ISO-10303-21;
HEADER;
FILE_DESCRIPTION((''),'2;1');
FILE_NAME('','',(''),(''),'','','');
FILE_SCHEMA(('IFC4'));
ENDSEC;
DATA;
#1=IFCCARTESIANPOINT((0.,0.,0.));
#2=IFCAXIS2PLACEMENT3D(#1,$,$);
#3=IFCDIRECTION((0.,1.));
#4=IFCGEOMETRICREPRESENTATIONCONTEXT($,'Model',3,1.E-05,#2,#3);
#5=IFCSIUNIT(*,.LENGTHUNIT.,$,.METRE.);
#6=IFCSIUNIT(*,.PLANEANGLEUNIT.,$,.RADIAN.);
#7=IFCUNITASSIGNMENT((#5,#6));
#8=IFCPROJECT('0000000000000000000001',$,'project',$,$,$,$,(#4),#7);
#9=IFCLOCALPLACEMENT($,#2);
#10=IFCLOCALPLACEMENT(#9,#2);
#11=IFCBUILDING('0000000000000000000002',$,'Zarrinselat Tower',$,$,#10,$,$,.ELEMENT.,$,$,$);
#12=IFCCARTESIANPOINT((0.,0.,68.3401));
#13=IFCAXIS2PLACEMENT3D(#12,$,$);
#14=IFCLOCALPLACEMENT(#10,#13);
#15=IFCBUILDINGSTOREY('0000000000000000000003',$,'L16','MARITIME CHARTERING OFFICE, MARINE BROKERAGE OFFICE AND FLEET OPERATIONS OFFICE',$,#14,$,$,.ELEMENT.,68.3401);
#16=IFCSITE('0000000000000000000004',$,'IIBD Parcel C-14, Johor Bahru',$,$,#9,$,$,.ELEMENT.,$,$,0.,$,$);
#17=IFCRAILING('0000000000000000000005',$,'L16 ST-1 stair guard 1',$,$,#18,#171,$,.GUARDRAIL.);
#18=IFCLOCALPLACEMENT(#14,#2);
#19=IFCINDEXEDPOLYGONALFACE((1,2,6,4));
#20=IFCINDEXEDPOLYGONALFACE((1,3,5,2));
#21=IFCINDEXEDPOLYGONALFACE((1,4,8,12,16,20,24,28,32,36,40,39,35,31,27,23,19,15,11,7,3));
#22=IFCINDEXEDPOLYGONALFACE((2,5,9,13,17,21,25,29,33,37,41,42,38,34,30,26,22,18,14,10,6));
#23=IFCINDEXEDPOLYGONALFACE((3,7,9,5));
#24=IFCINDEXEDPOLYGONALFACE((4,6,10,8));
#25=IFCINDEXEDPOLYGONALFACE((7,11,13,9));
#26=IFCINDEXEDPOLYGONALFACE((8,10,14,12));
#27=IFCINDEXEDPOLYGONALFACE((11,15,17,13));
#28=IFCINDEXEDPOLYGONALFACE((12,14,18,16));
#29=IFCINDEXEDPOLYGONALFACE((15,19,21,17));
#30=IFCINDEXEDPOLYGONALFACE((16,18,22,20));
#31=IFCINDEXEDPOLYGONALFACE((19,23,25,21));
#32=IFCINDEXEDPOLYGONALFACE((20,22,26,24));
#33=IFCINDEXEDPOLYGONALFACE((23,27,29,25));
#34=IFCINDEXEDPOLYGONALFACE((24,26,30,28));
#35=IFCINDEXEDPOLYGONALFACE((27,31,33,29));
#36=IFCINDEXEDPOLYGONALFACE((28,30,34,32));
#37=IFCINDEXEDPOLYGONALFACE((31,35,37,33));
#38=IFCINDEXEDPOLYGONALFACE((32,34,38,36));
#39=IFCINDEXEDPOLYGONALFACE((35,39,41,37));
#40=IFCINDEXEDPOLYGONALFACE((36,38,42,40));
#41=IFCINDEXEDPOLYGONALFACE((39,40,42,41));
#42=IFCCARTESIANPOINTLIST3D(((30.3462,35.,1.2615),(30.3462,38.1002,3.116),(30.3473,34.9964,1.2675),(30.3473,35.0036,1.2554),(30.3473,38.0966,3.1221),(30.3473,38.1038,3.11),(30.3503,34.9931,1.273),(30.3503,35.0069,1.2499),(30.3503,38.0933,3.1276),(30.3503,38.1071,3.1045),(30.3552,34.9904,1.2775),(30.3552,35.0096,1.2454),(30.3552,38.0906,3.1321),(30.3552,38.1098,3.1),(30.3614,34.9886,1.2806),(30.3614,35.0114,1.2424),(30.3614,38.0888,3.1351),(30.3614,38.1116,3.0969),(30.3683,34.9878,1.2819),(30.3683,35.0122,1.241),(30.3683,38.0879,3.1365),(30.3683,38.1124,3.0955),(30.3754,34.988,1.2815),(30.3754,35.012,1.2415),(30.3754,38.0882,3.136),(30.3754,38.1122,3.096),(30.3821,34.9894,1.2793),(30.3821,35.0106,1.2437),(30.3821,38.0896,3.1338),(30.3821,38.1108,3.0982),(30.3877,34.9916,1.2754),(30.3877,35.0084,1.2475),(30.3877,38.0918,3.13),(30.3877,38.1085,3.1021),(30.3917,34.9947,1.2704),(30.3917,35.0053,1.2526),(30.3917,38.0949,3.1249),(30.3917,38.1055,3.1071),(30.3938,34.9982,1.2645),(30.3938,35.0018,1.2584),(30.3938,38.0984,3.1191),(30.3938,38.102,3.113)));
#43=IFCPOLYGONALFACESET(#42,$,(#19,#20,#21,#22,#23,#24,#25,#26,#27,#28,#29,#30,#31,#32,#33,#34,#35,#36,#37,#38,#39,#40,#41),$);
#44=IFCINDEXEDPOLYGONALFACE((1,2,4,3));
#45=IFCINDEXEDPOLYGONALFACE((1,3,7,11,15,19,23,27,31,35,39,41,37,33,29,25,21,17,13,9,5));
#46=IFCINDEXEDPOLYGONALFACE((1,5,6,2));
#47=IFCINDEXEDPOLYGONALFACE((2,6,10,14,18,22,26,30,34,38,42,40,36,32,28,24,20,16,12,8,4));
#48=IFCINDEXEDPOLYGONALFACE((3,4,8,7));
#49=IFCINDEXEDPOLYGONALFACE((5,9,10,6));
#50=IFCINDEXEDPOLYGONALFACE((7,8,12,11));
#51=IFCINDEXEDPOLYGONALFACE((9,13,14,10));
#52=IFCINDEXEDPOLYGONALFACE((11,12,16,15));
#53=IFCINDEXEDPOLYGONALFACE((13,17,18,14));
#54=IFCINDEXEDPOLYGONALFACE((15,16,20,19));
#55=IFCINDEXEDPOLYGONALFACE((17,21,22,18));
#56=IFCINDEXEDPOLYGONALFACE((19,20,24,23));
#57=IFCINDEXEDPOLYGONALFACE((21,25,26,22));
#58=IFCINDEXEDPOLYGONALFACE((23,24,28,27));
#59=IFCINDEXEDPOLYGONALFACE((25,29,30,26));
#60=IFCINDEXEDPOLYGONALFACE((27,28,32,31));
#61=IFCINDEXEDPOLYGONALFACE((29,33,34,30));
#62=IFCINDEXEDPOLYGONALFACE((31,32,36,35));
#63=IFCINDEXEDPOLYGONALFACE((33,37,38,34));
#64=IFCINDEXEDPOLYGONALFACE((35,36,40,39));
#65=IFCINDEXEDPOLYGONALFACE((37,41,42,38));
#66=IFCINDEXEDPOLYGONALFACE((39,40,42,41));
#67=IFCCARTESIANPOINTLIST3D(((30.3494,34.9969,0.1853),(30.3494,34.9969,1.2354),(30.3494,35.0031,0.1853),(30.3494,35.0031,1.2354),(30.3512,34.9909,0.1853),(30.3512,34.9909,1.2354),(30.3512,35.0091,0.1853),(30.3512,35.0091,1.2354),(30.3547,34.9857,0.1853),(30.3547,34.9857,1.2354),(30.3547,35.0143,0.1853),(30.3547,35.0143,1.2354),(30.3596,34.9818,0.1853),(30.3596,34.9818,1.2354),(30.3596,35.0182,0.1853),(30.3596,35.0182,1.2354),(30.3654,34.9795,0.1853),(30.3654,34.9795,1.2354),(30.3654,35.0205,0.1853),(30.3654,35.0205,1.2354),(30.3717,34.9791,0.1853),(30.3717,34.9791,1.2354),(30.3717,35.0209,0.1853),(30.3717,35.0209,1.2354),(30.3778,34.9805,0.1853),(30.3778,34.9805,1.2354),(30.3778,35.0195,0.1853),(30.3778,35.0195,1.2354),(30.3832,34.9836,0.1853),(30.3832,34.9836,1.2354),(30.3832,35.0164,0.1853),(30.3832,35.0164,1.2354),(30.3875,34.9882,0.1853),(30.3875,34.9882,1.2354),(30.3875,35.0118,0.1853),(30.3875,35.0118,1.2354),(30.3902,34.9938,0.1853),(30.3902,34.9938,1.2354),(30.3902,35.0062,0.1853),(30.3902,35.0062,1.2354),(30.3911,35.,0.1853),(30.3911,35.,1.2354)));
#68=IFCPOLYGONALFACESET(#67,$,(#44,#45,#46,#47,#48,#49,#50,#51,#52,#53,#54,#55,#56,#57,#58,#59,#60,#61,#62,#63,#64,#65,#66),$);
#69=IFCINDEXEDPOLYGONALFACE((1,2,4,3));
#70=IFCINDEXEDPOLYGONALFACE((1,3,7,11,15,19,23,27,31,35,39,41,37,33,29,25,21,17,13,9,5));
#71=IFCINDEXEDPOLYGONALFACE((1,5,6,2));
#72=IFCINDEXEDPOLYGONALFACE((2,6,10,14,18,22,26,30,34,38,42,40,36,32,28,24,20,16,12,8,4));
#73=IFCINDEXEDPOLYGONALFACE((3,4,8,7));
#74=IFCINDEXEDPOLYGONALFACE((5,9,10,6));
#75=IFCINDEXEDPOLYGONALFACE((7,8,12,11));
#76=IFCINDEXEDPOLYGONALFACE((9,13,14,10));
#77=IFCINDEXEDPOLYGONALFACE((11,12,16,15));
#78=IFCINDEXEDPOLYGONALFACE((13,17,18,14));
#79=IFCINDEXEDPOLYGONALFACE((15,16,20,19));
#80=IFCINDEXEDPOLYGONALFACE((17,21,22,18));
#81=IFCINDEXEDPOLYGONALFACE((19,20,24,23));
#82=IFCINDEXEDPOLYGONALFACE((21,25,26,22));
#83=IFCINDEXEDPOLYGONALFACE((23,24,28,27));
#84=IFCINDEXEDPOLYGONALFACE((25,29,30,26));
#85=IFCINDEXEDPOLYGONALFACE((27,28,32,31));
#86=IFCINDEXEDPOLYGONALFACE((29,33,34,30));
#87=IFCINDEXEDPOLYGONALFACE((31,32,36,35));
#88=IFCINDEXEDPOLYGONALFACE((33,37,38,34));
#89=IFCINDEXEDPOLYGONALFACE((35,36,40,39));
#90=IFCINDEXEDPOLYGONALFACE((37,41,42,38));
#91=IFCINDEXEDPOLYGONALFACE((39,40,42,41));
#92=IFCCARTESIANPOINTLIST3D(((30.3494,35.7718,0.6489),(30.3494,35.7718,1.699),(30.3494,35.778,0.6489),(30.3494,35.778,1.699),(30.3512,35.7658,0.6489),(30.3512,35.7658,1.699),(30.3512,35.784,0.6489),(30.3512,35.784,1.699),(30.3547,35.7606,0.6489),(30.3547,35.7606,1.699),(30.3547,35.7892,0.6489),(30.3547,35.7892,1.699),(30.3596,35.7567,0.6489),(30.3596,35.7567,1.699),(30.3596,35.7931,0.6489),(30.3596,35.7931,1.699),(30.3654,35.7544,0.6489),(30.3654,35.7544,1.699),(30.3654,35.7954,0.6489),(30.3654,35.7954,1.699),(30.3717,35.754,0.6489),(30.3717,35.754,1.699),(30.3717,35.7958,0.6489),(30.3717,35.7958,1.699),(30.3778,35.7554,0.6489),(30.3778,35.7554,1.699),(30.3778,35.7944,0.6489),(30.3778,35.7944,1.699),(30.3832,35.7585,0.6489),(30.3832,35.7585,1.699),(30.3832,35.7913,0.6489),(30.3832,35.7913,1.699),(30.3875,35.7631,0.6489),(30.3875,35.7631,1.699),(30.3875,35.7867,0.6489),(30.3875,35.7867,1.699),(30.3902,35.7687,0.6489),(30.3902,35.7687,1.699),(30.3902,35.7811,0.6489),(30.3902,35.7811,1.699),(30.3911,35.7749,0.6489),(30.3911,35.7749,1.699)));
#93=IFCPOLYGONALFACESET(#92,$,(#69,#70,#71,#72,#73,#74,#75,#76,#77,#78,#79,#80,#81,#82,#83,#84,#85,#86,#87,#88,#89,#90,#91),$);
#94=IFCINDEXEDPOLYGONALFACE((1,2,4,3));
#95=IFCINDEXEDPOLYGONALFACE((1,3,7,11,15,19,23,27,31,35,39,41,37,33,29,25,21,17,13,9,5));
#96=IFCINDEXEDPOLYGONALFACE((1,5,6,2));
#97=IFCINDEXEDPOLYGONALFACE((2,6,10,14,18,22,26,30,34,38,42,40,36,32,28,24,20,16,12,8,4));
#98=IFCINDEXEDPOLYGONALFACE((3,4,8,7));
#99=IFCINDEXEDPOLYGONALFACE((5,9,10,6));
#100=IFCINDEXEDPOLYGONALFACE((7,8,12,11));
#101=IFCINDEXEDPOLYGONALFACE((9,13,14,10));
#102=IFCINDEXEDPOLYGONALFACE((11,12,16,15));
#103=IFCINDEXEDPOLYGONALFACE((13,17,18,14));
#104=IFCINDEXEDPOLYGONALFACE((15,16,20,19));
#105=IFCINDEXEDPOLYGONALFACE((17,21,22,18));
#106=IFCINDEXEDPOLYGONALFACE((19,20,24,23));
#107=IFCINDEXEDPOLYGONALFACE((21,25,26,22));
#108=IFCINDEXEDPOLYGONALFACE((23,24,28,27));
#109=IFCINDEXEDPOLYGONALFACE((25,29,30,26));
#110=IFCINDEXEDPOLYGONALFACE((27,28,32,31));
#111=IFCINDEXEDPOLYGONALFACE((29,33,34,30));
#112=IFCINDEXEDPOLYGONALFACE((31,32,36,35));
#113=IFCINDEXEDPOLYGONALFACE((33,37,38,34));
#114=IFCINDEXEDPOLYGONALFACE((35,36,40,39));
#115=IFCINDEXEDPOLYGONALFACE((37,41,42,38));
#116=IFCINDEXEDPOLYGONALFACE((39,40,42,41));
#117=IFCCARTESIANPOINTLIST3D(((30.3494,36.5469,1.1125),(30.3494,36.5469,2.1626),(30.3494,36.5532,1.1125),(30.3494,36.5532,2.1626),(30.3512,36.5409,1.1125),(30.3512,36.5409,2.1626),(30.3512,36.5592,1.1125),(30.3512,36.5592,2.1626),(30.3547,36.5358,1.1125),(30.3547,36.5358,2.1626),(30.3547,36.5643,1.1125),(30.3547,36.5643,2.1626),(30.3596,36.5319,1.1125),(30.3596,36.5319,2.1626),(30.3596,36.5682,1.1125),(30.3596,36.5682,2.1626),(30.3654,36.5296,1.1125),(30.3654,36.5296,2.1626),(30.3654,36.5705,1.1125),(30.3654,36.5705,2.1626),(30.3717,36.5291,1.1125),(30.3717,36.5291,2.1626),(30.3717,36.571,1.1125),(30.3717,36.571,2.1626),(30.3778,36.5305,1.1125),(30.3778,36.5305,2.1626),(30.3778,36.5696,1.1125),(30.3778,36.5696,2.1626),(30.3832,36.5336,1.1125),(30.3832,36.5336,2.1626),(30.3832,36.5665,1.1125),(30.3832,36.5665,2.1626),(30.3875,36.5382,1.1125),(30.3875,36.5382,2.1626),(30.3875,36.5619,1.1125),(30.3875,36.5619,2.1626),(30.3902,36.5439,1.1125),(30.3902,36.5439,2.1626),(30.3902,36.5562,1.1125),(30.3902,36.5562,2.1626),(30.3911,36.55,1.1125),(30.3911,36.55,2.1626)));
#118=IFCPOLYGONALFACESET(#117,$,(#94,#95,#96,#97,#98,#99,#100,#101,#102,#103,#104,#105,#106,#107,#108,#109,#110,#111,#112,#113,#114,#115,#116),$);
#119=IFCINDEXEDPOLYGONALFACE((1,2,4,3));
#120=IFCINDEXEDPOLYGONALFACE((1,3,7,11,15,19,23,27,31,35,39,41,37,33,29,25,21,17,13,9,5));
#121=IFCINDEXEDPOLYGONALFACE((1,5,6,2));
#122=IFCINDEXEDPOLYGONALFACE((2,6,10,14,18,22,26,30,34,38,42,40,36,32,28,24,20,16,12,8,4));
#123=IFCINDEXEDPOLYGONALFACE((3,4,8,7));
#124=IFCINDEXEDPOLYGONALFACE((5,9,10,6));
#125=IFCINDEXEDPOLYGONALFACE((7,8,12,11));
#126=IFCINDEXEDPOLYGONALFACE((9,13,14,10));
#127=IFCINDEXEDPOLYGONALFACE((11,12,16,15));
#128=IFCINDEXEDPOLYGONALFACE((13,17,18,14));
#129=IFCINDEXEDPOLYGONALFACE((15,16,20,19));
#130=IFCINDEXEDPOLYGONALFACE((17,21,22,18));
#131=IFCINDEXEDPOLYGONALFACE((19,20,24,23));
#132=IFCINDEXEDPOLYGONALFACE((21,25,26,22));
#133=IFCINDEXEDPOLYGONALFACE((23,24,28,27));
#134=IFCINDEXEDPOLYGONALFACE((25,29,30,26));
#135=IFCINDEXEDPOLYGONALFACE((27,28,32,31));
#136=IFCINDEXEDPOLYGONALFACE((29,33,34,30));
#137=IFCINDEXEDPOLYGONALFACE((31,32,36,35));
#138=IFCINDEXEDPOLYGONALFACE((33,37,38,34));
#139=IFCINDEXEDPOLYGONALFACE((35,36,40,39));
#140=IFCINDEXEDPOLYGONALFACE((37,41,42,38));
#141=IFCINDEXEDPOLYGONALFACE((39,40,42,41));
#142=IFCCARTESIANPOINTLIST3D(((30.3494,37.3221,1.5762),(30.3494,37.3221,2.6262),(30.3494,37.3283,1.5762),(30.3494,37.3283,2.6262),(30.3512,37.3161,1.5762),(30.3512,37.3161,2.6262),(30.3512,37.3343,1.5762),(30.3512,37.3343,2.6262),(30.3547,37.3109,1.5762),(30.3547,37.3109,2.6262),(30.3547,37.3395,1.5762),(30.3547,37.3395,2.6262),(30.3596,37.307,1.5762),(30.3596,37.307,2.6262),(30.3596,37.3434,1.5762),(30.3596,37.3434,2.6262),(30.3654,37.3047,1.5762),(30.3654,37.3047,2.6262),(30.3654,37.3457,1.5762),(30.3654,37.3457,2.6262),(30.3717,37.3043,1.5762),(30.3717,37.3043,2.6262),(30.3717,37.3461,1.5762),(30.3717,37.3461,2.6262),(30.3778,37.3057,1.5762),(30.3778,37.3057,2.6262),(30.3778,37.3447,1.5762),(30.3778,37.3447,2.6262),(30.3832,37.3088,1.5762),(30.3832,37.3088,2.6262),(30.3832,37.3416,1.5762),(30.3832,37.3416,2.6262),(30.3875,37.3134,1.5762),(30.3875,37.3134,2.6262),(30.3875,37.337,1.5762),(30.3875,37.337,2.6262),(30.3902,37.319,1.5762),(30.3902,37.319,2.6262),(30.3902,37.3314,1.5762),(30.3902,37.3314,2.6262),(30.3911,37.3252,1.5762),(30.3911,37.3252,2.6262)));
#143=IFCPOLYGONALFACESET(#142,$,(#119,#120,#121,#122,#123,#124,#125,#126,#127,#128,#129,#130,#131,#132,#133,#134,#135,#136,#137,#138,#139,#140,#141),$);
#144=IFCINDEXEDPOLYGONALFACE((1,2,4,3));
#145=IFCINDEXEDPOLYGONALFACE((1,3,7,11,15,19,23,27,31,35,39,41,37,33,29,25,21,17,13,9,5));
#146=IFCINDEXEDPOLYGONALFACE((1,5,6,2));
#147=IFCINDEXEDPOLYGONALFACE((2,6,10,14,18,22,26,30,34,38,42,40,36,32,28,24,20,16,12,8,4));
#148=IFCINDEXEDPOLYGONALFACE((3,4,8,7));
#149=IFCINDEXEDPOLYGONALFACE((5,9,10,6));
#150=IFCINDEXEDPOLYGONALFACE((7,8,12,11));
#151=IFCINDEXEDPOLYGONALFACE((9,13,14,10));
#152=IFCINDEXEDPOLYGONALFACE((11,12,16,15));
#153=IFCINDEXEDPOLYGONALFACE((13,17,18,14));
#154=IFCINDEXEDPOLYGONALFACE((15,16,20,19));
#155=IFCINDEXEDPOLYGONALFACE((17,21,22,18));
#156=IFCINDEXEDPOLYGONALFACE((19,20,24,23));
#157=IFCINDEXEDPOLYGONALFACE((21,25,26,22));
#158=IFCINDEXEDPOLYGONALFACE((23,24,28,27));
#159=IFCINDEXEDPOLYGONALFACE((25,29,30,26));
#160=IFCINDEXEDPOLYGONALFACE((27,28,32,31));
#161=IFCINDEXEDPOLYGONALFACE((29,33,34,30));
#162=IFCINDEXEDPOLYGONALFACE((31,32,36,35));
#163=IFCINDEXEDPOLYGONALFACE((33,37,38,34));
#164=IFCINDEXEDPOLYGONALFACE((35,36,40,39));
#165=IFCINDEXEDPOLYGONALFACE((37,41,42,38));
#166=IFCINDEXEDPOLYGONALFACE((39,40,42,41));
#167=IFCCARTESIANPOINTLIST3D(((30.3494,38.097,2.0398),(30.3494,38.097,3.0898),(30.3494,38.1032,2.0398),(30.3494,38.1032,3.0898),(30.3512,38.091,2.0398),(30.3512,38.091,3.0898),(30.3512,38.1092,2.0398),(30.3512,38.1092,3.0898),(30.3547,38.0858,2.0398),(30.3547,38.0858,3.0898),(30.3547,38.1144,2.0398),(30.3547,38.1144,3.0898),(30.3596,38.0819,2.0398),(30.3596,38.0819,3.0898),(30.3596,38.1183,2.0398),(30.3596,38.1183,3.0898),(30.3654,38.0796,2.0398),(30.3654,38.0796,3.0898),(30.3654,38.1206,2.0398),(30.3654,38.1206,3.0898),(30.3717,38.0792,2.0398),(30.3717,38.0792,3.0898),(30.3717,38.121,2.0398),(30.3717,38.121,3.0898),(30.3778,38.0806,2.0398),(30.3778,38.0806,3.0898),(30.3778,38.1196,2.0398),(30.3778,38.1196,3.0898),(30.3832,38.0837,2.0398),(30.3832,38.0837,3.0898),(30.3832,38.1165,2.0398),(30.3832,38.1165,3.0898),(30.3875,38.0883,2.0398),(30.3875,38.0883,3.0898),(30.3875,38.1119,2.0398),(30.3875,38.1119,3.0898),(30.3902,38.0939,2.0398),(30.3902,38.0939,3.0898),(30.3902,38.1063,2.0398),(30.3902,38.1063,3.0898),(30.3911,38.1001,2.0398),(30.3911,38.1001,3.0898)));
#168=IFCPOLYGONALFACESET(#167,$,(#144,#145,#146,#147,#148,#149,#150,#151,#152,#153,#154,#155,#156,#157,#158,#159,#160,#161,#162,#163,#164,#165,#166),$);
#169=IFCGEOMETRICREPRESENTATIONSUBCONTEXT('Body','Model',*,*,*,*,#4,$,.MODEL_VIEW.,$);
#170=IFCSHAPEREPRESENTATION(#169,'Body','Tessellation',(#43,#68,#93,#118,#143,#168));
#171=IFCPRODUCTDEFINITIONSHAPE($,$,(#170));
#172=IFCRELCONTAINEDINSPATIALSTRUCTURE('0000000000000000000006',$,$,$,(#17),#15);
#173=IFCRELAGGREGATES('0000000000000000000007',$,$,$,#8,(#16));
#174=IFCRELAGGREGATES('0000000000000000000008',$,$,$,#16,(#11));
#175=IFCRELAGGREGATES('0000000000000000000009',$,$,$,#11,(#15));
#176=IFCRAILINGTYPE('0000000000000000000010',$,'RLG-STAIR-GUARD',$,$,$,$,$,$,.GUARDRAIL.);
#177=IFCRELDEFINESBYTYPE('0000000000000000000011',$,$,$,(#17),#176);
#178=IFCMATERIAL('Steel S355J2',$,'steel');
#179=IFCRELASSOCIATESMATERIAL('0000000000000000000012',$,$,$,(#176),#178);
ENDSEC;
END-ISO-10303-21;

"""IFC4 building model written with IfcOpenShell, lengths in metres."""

from ifc_helpers import new_model, si_unit, direction, frame, origin, origin_2d, place, context, subcontext, project, spatial, circle, extrude, material, type_object, element, save


model = new_model("IFC4")

# Units and contexts
model_context = context("Model", 3, precision=1e-05, world=origin(), true_north=direction((0.0, 1.0)))
body_context = subcontext(model_context, "Body", "Model", "MODEL_VIEW")
ifc_project = project(units=[si_unit("LENGTHUNIT", "METRE"), si_unit("PLANEANGLEUNIT", "RADIAN")], contexts=[model_context])

# Site, building, storey
site_placement = place(None, origin())
site = spatial("IfcSite", under=ifc_project, at=site_placement, Name="IIBD Parcel C-14, Johor Bahru", CompositionType="ELEMENT", RefElevation=0.0)
building_placement = place(site_placement, origin())
building = spatial("IfcBuilding", under=site, at=building_placement, Name="Zarrinselat Tower", CompositionType="ELEMENT")
storey_placement = place(building_placement, frame((0.0, 0.0, 68.3401)))
storey = spatial("IfcBuildingStorey", under=building, at=storey_placement, Name="L16", Description="MARITIME CHARTERING OFFICE, MARINE BROKERAGE OFFICE AND FLEET OPERATIONS OFFICE", CompositionType="ELEMENT", Elevation=68.3401)

# Railing
ifc_material_1 = material(Name="Steel S355J2", Category="steel")
railing_type_1 = type_object("IfcRailingType", Name="RLG-STAIR-GUARD", PredefinedType="GUARDRAIL", material=ifc_material_1)
railing_1_placement = place(storey_placement, frame((30.3701, 35.0, 0.1853)))
element("IfcRailing", 1, at=railing_1_placement, inside=storey, type_object=railing_type_1, Name="L16 ST-1 stair guard 1", PredefinedType="GUARDRAIL", context=body_context, shape_type="SweptSolid", body=[
    extrude(circle(Radius=0.0239, at=origin_2d()), frame((0.0, 0.0, 1.0762), z_axis=(0.0, 0.858172, 0.513362), x_axis=(-1.0, 0.0, 0.0)), (0.0, 0.0, 1.0), 3.6125),
    extrude(circle(Radius=0.021, at=origin_2d()), origin(), (0.0, 0.0, 1.0), 1.05),
    extrude(circle(Radius=0.021, at=origin_2d()), frame((0.0, 0.7749, 0.4636)), (0.0, 0.0, 1.0), 1.05),
    extrude(circle(Radius=0.021, at=origin_2d()), frame((0.0, 1.55, 0.9272)), (0.0, 0.0, 1.0), 1.05),
    extrude(circle(Radius=0.021, at=origin_2d()), frame((0.0, 2.3252, 1.3909)), (0.0, 0.0, 1.0), 1.05),
    extrude(circle(Radius=0.021, at=origin_2d()), frame((0.0, 3.1001, 1.8545)), (0.0, 0.0, 1.0), 1.05),
])

save(model, "model.ifc")
